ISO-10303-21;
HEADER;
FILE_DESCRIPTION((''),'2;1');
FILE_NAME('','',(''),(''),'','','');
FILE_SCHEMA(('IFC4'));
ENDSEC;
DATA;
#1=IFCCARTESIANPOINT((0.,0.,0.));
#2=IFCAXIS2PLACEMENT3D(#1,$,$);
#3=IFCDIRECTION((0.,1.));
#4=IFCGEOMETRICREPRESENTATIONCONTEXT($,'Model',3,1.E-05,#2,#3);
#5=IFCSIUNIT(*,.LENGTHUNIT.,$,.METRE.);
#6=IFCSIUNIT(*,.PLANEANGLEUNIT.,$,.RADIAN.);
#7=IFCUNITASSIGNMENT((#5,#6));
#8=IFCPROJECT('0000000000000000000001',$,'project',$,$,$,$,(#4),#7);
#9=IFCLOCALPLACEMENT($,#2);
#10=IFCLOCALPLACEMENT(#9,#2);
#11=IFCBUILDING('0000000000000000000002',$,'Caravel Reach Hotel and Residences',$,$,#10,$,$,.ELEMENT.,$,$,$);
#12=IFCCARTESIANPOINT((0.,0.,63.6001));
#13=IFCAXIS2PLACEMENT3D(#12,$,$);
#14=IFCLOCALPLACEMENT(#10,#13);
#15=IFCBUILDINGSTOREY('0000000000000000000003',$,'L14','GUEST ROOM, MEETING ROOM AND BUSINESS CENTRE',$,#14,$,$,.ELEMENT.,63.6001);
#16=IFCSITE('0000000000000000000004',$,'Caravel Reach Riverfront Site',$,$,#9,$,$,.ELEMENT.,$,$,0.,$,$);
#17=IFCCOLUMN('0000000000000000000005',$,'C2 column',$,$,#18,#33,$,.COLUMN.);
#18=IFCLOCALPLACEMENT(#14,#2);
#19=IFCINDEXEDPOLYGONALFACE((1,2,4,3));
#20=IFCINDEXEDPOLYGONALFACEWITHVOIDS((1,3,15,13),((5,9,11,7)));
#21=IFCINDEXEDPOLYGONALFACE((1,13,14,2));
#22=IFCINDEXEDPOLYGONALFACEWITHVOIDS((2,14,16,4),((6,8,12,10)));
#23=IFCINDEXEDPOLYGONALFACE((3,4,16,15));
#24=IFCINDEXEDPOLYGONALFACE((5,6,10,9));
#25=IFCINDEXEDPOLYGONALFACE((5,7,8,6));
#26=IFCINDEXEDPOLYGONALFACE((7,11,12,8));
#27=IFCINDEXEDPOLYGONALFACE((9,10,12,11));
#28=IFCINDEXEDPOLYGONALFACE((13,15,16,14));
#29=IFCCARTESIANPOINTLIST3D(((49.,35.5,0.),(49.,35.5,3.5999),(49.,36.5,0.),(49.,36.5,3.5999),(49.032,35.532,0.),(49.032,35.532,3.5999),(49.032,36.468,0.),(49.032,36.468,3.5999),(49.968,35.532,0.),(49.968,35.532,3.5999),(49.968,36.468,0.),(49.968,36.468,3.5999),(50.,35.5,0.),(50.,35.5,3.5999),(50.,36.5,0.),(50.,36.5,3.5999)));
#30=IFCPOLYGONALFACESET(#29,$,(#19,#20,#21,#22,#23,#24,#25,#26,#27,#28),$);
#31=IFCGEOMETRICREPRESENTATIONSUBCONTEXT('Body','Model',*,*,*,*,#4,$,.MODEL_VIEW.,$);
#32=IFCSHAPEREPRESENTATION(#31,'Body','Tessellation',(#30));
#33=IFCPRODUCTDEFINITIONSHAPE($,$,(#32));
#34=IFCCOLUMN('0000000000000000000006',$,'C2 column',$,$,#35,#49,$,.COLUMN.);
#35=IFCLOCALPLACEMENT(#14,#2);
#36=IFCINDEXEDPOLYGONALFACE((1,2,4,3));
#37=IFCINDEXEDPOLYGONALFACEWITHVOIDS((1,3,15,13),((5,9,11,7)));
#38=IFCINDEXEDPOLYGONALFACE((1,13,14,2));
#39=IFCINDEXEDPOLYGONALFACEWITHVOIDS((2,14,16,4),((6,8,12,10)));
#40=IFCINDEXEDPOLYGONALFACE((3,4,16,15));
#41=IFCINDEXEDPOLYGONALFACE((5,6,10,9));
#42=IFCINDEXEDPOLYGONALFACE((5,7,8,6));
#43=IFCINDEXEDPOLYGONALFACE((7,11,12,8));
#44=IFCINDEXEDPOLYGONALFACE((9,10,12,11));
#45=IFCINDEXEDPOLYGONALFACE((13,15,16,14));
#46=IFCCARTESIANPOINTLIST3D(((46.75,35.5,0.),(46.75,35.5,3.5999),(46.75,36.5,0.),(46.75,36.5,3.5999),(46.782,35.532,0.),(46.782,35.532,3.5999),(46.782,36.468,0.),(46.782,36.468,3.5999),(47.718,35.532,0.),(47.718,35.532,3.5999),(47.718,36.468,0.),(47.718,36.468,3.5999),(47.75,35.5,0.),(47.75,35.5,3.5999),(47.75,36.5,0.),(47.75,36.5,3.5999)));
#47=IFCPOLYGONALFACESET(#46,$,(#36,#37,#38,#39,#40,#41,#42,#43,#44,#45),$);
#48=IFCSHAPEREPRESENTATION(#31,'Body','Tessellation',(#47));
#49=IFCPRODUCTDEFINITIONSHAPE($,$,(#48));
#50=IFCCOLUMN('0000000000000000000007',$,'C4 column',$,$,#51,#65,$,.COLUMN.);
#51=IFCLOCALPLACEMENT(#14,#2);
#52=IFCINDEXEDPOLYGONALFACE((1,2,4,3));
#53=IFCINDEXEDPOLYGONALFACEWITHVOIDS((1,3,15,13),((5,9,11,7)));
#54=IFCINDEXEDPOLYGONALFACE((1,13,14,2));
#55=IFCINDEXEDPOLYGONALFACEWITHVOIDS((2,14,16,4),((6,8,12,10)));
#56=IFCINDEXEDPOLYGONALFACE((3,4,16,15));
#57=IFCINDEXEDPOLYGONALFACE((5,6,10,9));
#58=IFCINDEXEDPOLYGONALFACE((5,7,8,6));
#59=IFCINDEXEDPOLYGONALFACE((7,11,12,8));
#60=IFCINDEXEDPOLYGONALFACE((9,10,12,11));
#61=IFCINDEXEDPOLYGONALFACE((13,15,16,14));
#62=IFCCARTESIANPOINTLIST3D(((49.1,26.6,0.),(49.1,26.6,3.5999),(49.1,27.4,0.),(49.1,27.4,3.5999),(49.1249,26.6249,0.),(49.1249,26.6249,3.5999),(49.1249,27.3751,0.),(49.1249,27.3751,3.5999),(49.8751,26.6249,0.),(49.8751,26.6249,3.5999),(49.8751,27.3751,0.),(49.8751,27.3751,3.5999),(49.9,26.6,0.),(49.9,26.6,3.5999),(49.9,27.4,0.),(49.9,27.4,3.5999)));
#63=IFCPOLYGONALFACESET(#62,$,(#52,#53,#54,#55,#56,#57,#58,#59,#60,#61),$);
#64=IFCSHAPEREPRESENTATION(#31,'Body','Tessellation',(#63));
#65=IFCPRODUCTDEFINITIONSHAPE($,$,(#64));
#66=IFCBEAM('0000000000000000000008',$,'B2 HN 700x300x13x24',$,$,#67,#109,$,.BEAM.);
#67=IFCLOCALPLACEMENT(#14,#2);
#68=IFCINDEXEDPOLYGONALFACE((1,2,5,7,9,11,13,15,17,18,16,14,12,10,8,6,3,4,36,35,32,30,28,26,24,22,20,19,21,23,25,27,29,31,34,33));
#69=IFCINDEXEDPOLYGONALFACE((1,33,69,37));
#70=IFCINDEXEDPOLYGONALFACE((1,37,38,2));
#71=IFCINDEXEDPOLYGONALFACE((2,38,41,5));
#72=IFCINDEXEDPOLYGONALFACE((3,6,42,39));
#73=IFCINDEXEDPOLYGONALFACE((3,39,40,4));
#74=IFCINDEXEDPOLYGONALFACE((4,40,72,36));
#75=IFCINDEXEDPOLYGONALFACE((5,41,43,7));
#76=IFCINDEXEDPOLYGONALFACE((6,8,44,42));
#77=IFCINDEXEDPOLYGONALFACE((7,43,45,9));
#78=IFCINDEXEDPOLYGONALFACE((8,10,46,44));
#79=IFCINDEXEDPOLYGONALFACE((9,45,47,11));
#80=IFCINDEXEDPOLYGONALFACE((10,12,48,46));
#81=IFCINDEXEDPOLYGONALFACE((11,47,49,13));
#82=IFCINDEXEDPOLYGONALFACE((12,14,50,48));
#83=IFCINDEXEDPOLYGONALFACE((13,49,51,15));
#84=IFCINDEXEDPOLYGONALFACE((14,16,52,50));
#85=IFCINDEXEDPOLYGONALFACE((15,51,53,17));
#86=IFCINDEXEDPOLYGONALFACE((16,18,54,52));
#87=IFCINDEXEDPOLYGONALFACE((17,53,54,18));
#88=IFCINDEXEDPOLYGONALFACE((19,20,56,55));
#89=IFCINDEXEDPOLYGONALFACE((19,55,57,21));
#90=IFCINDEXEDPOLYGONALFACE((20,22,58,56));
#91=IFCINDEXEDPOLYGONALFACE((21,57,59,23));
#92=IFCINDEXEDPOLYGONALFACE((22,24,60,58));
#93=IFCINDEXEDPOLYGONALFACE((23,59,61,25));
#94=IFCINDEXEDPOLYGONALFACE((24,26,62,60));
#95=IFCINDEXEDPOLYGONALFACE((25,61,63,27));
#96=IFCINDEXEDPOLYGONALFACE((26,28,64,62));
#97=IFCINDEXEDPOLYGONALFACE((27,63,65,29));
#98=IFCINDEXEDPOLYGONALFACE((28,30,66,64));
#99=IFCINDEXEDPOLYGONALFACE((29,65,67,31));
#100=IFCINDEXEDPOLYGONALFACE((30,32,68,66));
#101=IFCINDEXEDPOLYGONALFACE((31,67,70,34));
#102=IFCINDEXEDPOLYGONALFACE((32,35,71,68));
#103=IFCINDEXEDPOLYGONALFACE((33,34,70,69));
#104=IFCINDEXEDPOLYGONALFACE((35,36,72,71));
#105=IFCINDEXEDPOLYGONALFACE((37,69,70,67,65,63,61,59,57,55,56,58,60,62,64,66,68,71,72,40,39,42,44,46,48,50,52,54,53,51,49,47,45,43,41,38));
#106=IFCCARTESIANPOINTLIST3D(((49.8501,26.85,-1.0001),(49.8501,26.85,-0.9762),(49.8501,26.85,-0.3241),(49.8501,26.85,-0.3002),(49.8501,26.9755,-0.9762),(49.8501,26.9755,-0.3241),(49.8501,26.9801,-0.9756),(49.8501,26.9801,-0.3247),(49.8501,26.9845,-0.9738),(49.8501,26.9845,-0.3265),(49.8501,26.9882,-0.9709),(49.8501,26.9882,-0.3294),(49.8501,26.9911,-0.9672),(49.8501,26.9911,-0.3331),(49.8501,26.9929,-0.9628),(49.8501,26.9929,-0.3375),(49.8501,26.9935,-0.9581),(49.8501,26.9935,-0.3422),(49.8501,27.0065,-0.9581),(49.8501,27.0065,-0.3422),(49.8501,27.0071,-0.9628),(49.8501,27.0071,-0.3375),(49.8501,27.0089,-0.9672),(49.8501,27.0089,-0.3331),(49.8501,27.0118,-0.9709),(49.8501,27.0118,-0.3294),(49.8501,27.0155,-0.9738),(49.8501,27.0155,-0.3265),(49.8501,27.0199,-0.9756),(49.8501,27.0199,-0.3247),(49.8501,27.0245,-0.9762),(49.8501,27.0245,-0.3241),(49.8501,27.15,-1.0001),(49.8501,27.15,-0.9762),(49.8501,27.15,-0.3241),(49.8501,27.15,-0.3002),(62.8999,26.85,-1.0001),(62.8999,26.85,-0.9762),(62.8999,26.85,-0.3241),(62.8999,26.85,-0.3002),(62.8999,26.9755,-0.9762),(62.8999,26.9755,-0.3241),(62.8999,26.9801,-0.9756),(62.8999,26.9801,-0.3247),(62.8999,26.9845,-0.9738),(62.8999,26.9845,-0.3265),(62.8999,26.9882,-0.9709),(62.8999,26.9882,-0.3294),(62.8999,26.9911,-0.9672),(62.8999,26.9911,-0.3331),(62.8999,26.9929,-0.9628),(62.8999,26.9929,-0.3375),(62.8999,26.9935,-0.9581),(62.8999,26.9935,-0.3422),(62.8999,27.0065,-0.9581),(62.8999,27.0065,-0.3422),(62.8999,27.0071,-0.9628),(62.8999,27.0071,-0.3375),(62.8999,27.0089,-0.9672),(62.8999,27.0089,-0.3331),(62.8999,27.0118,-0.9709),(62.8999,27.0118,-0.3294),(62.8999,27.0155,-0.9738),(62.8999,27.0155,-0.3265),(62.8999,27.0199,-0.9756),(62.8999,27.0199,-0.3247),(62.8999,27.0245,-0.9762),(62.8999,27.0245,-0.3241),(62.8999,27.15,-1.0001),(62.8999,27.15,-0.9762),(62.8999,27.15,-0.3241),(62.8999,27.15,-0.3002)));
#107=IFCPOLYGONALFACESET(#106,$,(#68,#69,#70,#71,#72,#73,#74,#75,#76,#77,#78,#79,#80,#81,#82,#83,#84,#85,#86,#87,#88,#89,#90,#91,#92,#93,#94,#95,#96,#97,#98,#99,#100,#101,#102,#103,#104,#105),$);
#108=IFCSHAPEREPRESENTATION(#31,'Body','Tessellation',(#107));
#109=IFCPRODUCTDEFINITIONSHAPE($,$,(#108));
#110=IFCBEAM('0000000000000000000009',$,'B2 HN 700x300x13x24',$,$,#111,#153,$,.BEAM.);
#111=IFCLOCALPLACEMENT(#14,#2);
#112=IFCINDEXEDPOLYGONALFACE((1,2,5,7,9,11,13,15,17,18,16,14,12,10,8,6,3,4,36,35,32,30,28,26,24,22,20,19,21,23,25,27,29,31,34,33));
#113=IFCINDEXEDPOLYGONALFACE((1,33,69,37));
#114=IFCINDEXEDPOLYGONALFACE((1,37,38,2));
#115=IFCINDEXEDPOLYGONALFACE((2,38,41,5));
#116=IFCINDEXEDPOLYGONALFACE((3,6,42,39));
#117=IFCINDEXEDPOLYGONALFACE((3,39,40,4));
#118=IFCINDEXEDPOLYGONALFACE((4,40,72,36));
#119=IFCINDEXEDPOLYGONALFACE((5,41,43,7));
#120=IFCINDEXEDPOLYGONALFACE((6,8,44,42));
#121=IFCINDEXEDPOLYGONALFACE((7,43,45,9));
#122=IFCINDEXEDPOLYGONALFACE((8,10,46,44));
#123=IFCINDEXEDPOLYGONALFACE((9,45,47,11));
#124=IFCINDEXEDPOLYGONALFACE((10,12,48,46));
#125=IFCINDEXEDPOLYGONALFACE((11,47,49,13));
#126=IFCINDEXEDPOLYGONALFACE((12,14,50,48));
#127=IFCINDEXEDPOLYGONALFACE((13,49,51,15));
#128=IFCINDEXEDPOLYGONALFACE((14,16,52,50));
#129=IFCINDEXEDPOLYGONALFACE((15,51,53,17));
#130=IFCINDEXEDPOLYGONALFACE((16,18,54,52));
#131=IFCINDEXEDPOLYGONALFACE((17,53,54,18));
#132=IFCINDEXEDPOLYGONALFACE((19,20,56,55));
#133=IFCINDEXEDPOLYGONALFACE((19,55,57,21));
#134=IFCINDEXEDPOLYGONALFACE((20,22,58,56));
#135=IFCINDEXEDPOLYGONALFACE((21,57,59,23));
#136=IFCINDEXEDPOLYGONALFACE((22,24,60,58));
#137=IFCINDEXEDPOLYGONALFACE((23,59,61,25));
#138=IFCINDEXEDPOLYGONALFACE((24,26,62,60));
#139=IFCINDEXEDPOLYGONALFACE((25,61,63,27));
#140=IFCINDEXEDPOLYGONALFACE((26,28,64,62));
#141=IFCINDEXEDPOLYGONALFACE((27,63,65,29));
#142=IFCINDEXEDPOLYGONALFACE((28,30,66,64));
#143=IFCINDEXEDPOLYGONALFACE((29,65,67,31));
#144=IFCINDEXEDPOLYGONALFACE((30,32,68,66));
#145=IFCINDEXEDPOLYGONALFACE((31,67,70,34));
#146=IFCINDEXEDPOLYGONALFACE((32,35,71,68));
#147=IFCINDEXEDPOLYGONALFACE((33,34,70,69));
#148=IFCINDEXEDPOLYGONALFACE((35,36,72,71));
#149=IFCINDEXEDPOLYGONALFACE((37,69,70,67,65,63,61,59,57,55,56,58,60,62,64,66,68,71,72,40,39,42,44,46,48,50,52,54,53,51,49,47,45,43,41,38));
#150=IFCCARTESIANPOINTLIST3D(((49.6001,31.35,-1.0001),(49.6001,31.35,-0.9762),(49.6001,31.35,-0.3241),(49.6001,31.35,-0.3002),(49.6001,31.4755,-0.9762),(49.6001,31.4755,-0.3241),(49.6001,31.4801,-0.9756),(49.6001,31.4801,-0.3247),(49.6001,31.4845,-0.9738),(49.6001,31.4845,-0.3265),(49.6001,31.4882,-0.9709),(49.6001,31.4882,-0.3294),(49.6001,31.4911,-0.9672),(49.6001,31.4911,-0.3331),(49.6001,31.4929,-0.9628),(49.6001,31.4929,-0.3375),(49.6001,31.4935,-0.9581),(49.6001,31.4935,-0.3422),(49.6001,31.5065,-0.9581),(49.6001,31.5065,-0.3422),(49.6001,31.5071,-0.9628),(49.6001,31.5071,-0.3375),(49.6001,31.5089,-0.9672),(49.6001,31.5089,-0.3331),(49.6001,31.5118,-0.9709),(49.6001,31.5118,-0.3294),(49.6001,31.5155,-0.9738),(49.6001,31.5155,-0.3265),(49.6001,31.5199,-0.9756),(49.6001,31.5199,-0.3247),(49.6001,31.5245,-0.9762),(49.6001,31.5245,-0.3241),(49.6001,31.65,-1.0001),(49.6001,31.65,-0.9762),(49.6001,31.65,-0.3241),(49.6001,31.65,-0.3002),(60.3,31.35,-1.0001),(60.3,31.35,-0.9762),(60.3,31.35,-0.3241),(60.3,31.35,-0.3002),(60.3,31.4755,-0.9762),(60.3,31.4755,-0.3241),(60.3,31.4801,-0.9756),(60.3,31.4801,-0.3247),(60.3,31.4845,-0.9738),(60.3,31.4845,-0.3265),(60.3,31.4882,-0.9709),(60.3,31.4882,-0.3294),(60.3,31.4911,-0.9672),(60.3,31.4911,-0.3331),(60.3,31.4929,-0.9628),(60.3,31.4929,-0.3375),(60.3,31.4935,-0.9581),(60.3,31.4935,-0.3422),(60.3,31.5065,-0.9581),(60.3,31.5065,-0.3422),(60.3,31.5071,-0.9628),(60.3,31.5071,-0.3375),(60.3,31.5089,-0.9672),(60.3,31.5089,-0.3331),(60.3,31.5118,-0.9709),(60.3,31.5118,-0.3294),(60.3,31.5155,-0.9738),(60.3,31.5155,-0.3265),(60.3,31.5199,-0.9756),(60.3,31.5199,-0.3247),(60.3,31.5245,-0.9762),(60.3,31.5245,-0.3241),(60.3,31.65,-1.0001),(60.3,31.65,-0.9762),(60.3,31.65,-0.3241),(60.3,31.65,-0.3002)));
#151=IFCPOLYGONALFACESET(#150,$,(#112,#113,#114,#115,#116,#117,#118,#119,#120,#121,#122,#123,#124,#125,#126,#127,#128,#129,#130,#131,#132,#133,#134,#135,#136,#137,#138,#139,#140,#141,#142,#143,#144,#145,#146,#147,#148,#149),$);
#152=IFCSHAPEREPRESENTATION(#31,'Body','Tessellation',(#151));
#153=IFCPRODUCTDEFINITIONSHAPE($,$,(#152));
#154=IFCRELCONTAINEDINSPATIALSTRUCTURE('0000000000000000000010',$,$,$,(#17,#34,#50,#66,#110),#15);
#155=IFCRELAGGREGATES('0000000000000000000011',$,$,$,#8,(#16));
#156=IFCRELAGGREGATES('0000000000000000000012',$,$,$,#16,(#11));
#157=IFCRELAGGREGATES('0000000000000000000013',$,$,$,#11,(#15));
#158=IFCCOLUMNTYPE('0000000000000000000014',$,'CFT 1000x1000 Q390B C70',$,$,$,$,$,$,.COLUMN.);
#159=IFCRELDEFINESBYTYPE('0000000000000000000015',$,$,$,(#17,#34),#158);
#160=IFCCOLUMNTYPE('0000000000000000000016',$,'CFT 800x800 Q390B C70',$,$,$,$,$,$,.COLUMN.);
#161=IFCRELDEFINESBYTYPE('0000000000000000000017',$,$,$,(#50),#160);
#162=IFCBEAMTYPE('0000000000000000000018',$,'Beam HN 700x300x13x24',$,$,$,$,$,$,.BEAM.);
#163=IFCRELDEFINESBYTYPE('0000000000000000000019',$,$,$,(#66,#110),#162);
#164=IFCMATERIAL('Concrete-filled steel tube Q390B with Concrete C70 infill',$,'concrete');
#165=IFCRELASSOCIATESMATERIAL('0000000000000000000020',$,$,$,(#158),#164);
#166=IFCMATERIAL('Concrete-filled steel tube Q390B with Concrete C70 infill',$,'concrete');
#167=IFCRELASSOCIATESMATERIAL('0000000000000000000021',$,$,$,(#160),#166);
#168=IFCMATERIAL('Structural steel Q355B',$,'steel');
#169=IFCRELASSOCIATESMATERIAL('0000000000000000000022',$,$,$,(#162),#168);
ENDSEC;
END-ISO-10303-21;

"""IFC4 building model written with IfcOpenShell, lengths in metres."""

from ifc_helpers import new_model, si_unit, direction, frame, origin, origin_2d, place, context, subcontext, project, spatial, hollow_rectangle, i_section, extrude, material, material_profile, profile_set, type_object, element, save


model = new_model("IFC4")

# Units and contexts
model_context = context("Model", 3, precision=1e-05, world=origin(), true_north=direction((0.0, 1.0)))
body_context = subcontext(model_context, "Body", "Model", "MODEL_VIEW")
ifc_project = project(units=[si_unit("LENGTHUNIT", "METRE"), si_unit("PLANEANGLEUNIT", "RADIAN")], contexts=[model_context])

# Site, building, storey
site_placement = place(None, origin())
site = spatial("IfcSite", under=ifc_project, at=site_placement, Name="Caravel Reach Riverfront Site", CompositionType="ELEMENT", RefElevation=0.0)
building_placement = place(site_placement, origin())
building = spatial("IfcBuilding", under=site, at=building_placement, Name="Caravel Reach Hotel and Residences", CompositionType="ELEMENT")
storey_placement = place(building_placement, frame((0.0, 0.0, 63.6001)))
storey = spatial("IfcBuildingStorey", under=building, at=storey_placement, Name="L14", Description="GUEST ROOM, MEETING ROOM AND BUSINESS CENTRE", CompositionType="ELEMENT", Elevation=63.6001)

# Columns
ifc_material_1 = material(Name="Concrete-filled steel tube Q390B with Concrete C70 infill", Category="concrete")
ifc_material_profile_1 = material_profile(ifc_material_1, hollow_rectangle(XDim=1.0, YDim=1.0, WallThickness=0.032, at=origin_2d()), Name="RHS 1000x1000x32")
ifc_profile_set_1 = profile_set([ifc_material_profile_1], Name="Concrete-filled steel tube Q390B with Concrete C70 infill")
column_type_1 = type_object("IfcColumnType", Name="CFT 1000x1000 Q390B C70", PredefinedType="COLUMN", material=ifc_profile_set_1)
for number, where, z_axis, x_axis, name in (
    (1, (49.5, 36.0, 0.0), (0.0, 0.0, 1.0), (1.0, 0.0, 0.0), "C2 column"),
    (2, (47.25, 36.0, 0.0), (0.0, 0.0, 1.0), (1.0, 0.0, 0.0), "C2 column"),
):
    element("IfcColumn", number, at=place(storey_placement, frame(where, z_axis=z_axis, x_axis=x_axis)), inside=storey, type_object=column_type_1, Name=name, PredefinedType="COLUMN", context=body_context, shape_type="SweptSolid", body=[
        extrude(hollow_rectangle(XDim=1.0, YDim=1.0, WallThickness=0.032, at=origin_2d()), origin(), (0.0, 0.0, 1.0), 3.5999),
    ])
ifc_material_2 = material(Name="Concrete-filled steel tube Q390B with Concrete C70 infill", Category="concrete")
ifc_material_profile_2 = material_profile(ifc_material_2, hollow_rectangle(XDim=0.8, YDim=0.8, WallThickness=0.0249, at=origin_2d()), Name="RHS 800x800x25")
ifc_profile_set_2 = profile_set([ifc_material_profile_2], Name="Concrete-filled steel tube Q390B with Concrete C70 infill")
column_type_2 = type_object("IfcColumnType", Name="CFT 800x800 Q390B C70", PredefinedType="COLUMN", material=ifc_profile_set_2)
column_placement = place(storey_placement, frame((49.5, 27.0, 0.0), z_axis=(0.0, 0.0, 1.0), x_axis=(1.0, 0.0, 0.0)))
element("IfcColumn", 3, at=column_placement, inside=storey, type_object=column_type_2, Name="C4 column", PredefinedType="COLUMN", context=body_context, shape_type="SweptSolid", body=[
    extrude(hollow_rectangle(XDim=0.8, YDim=0.8, WallThickness=0.0249, at=origin_2d()), origin(), (0.0, 0.0, 1.0), 3.5999),
])

# Beams
ifc_material_3 = material(Name="Structural steel Q355B", Category="steel")
ifc_material_profile_3 = material_profile(ifc_material_3, i_section(OverallWidth=0.3, OverallDepth=0.7, WebThickness=0.0129, FlangeThickness=0.0239, FilletRadius=0.0181, at=origin_2d()), Name="HN 700x300x13x24")
ifc_profile_set_3 = profile_set([ifc_material_profile_3], Name="Structural steel Q355B")
beam_type_1 = type_object("IfcBeamType", Name="Beam HN 700x300x13x24", PredefinedType="BEAM", material=ifc_profile_set_3)
beam_1_placement = place(storey_placement, frame((49.8501, 27.0, -0.6501), z_axis=(1.0, 0.0, 0.0), x_axis=(0.0, 1.0, 0.0)))
element("IfcBeam", 4, at=beam_1_placement, inside=storey, type_object=beam_type_1, Name="B2 HN 700x300x13x24", PredefinedType="BEAM", context=body_context, shape_type="SweptSolid", body=[
    extrude(i_section(OverallWidth=0.3, OverallDepth=0.7, WebThickness=0.0129, FlangeThickness=0.0239, FilletRadius=0.0181, at=origin_2d()), origin(), (0.0, 0.0, 1.0), 13.0498),
])
beam_2_placement = place(storey_placement, frame((49.6001, 31.5, -0.6501), z_axis=(1.0, 0.0, 0.0), x_axis=(0.0, 1.0, 0.0)))
element("IfcBeam", 5, at=beam_2_placement, inside=storey, type_object=beam_type_1, Name="B2 HN 700x300x13x24", PredefinedType="BEAM", context=body_context, shape_type="SweptSolid", body=[
    extrude(i_section(OverallWidth=0.3, OverallDepth=0.7, WebThickness=0.0129, FlangeThickness=0.0239, FilletRadius=0.0181, at=origin_2d()), origin(), (0.0, 0.0, 1.0), 10.7),
])

save(model, "model.ifc")
